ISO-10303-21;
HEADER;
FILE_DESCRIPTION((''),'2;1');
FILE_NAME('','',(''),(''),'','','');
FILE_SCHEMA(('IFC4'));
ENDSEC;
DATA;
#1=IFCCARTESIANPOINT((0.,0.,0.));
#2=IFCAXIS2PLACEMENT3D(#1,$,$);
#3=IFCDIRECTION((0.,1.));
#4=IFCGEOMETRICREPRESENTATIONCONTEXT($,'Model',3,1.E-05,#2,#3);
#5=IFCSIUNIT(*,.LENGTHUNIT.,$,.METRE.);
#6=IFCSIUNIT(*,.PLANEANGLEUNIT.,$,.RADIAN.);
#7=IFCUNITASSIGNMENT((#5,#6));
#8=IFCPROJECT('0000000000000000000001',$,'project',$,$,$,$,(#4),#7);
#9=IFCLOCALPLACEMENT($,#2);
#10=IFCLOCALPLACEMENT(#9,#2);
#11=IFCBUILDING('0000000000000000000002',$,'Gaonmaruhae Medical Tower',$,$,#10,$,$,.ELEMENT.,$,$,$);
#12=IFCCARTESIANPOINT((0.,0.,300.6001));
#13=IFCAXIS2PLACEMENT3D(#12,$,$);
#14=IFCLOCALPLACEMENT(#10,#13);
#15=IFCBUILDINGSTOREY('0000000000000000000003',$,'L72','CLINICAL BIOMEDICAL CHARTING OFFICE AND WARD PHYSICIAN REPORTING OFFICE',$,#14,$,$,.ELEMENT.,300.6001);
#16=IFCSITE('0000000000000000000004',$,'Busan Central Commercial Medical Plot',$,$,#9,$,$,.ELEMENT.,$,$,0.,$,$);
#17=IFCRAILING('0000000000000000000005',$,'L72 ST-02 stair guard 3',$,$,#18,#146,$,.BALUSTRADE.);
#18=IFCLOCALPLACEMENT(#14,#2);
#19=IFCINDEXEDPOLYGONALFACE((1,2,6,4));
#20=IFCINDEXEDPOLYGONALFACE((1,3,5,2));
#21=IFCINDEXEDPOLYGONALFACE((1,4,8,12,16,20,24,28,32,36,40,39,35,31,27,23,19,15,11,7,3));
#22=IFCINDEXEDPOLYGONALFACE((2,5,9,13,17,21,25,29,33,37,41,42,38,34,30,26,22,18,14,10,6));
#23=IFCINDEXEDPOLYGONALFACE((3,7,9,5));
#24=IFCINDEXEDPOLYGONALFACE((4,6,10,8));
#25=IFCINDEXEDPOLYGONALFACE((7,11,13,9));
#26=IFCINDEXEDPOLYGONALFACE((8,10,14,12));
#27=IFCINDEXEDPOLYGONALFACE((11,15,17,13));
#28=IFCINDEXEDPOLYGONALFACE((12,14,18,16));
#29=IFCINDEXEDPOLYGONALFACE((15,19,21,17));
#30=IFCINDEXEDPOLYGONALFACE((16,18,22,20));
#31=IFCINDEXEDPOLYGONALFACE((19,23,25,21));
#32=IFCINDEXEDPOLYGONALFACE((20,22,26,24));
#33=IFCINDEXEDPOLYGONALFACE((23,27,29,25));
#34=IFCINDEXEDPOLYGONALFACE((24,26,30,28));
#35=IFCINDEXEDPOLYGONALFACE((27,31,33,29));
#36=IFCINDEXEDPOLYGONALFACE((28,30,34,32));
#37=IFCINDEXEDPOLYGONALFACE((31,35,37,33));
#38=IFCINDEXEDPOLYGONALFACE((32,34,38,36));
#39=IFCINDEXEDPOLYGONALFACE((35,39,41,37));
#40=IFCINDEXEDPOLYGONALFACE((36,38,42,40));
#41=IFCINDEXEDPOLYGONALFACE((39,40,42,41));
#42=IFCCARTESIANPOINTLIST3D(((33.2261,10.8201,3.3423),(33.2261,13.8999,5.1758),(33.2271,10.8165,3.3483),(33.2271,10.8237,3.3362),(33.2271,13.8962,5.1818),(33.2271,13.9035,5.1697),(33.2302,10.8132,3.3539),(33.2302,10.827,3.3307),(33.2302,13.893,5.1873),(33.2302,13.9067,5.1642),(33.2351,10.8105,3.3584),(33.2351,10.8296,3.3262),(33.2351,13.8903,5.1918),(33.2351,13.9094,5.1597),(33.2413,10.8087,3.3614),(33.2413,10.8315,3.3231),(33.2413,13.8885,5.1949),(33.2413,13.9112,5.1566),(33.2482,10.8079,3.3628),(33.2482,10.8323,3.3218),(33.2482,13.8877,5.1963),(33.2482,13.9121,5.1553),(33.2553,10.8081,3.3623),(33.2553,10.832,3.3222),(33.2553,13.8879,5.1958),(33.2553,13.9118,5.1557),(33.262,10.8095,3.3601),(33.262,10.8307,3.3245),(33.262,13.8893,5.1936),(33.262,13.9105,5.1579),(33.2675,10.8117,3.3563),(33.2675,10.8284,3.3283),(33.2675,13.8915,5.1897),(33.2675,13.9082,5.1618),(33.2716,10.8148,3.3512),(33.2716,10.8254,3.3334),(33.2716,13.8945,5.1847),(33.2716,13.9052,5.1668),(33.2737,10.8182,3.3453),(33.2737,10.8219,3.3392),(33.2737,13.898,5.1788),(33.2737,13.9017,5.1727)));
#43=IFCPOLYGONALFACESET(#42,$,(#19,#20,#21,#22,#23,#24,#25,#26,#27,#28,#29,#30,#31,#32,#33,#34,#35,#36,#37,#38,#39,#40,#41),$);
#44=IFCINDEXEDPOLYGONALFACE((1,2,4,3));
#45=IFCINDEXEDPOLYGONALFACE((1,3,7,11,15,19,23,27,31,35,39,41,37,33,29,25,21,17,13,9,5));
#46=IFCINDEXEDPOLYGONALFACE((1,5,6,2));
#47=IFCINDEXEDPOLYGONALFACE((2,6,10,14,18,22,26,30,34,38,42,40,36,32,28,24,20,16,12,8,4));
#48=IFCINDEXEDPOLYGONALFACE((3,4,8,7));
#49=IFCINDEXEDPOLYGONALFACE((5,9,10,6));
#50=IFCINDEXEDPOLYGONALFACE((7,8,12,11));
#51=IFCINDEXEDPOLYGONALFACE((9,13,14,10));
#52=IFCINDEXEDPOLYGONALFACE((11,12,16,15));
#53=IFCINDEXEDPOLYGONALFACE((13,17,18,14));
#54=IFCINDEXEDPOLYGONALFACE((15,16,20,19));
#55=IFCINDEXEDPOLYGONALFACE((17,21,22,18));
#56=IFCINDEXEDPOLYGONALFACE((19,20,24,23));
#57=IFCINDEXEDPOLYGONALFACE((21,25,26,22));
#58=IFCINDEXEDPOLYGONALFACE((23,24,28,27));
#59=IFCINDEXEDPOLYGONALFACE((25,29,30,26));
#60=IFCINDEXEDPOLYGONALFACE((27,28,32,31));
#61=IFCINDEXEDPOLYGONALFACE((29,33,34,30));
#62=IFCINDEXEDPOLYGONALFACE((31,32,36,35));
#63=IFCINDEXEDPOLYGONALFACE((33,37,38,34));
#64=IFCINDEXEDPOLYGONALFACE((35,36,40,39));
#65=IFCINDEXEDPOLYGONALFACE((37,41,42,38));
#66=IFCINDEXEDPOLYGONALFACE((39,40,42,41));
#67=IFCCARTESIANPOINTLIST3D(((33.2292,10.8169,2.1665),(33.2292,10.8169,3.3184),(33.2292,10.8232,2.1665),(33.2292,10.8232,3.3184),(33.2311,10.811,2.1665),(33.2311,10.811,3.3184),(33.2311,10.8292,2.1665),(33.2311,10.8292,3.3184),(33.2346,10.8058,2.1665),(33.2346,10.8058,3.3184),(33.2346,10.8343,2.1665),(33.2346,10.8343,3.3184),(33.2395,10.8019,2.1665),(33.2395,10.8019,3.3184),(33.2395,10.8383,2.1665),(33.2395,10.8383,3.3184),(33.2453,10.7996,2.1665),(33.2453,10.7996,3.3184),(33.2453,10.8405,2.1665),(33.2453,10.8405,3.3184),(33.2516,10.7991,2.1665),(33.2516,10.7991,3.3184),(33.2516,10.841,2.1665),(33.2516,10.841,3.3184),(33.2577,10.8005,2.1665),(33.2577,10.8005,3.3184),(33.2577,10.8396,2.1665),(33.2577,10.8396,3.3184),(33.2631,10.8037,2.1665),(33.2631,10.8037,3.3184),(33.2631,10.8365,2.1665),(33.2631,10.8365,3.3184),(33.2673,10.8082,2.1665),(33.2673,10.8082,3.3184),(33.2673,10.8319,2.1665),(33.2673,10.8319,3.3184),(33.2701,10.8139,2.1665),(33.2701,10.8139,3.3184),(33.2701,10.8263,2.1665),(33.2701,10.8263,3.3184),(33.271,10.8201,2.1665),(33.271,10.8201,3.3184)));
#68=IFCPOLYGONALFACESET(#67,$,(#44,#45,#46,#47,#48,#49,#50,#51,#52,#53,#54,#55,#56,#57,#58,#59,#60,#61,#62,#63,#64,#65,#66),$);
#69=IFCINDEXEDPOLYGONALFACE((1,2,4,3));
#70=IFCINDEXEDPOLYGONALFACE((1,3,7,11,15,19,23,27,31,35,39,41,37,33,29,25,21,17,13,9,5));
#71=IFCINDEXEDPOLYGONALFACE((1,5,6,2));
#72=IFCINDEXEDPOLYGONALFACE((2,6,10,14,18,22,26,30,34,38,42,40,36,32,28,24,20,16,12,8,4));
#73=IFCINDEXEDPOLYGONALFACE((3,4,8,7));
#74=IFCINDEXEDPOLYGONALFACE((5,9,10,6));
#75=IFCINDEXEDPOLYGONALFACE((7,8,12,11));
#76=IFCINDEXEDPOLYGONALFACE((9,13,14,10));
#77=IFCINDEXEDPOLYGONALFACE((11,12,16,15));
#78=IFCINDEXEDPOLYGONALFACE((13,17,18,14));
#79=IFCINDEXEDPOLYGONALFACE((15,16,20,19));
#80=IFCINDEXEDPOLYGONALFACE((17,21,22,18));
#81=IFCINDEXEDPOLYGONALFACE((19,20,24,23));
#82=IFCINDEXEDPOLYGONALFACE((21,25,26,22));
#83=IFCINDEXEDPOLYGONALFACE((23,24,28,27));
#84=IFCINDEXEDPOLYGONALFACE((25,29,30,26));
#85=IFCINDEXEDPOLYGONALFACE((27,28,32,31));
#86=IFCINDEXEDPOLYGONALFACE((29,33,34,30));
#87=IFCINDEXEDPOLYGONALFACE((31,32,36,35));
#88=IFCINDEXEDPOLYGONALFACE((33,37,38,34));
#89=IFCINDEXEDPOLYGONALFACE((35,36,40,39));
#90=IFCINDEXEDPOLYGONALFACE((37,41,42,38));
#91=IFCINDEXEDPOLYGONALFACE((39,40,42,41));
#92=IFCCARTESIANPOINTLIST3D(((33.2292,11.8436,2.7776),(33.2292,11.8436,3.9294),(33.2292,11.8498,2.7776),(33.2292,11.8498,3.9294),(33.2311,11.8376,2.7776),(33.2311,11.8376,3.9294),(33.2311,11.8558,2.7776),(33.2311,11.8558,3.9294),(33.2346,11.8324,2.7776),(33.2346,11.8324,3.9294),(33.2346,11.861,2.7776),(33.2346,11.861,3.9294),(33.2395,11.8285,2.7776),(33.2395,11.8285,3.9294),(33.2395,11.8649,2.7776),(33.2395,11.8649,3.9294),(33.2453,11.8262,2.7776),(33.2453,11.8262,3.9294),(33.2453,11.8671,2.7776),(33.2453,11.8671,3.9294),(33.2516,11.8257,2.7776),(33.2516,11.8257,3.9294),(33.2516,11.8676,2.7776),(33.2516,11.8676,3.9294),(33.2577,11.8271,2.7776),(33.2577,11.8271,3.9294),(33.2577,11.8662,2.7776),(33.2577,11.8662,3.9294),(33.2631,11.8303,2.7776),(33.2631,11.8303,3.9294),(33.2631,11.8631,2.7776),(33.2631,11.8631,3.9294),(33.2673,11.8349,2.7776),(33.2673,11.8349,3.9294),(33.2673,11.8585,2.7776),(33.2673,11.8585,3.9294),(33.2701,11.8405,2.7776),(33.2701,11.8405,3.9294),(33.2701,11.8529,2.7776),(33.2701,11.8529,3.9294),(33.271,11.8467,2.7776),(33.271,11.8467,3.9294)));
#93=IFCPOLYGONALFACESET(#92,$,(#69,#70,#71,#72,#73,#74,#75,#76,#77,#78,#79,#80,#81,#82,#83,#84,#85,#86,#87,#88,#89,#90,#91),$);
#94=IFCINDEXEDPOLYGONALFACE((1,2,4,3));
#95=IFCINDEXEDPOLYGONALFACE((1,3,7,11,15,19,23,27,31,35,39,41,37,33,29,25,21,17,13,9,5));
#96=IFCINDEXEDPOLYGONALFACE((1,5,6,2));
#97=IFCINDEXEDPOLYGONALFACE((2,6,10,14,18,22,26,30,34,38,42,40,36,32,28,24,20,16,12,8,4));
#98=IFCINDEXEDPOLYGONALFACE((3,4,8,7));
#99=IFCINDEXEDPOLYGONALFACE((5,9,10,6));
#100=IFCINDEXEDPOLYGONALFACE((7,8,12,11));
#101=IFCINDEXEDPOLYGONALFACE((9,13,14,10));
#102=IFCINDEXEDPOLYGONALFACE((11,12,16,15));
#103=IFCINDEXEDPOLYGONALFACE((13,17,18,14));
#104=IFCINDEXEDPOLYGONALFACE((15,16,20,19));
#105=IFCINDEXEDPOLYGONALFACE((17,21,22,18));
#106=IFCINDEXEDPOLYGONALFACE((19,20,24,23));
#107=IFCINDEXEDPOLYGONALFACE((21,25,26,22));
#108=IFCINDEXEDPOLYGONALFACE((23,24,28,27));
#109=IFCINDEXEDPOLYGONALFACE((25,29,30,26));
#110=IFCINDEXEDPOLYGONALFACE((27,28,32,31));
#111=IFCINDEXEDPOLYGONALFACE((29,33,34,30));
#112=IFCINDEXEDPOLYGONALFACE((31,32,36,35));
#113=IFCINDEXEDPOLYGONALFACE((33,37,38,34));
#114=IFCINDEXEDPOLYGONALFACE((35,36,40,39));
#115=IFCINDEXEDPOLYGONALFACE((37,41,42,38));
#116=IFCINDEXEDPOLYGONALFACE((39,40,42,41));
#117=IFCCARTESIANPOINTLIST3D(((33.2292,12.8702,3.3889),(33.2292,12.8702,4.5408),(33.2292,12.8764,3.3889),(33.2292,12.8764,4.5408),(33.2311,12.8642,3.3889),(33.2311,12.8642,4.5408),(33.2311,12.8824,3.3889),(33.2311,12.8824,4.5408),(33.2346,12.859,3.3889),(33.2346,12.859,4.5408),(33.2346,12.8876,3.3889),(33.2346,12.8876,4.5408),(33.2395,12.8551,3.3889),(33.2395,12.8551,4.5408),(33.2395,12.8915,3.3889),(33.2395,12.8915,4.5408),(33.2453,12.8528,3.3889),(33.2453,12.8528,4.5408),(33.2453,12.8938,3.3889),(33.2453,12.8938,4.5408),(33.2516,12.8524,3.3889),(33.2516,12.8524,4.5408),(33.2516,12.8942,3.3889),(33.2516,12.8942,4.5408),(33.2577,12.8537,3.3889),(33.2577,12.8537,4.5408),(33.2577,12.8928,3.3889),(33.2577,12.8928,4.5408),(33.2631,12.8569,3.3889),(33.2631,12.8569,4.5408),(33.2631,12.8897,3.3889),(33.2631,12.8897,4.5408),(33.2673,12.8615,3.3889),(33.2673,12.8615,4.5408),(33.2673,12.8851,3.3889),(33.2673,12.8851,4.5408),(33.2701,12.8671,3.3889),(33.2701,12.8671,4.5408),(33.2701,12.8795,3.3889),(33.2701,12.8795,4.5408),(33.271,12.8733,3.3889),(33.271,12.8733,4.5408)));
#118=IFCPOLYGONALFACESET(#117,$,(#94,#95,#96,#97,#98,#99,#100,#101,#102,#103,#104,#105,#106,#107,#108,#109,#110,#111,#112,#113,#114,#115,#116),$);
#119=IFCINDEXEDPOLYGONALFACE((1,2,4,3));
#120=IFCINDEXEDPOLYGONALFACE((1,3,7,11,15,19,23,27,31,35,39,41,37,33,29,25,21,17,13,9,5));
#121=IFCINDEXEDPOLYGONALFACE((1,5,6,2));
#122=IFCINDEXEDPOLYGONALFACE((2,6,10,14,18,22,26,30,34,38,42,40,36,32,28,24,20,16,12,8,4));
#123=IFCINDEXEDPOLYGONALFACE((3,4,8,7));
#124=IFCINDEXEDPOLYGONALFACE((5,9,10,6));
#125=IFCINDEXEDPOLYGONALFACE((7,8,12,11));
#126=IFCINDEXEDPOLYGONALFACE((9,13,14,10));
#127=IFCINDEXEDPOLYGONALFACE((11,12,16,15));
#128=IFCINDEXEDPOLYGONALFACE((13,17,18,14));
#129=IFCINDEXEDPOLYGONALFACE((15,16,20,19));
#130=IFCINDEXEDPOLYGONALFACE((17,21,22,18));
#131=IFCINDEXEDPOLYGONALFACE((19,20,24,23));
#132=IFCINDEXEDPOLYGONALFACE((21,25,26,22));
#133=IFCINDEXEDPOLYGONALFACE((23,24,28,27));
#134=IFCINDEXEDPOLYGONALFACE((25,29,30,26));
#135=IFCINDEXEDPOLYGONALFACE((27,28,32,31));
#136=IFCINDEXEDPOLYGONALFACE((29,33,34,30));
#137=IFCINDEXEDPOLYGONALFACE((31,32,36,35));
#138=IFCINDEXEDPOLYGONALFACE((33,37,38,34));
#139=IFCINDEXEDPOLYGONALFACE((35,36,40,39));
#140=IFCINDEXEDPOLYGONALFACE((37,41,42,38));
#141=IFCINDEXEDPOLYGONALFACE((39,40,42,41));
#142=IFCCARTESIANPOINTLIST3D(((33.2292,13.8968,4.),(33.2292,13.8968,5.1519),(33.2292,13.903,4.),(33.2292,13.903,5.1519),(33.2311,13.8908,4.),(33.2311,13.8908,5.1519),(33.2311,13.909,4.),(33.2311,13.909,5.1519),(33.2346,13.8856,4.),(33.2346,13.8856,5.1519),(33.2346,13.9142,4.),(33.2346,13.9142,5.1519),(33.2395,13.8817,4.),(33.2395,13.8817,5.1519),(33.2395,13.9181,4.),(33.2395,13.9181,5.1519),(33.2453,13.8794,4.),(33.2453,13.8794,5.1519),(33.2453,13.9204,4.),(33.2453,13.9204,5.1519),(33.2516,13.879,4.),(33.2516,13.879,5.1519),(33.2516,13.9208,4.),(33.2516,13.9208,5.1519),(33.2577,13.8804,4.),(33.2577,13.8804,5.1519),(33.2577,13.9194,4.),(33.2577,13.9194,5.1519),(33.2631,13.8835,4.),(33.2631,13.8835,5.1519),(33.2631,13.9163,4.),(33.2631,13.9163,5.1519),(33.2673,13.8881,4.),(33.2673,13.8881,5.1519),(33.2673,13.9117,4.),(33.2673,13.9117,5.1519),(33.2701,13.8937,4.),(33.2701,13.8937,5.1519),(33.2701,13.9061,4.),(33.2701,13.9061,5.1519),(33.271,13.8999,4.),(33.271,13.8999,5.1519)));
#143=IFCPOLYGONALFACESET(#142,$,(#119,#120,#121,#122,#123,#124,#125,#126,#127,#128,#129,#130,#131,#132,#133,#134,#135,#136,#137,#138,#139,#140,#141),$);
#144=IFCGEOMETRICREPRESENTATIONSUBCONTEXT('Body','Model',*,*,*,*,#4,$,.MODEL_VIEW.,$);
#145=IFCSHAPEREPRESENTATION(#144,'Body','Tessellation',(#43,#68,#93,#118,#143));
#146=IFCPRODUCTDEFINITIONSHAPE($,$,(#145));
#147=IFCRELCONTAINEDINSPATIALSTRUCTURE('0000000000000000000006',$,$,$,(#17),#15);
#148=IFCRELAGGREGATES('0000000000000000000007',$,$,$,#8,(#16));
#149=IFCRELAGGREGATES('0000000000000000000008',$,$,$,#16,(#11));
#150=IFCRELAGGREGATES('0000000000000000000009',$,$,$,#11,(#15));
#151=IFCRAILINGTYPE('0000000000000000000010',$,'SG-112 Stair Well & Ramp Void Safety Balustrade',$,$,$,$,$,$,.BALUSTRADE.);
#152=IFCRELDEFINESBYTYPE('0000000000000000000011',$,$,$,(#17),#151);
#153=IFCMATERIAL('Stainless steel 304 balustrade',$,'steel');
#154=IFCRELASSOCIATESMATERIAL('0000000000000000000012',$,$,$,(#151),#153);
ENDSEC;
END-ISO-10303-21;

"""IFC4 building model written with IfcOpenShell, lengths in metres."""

from ifc_helpers import new_model, si_unit, direction, frame, origin, origin_2d, place, context, subcontext, project, spatial, circle, extrude, material, type_object, element, save


model = new_model("IFC4")

# Units and contexts
model_context = context("Model", 3, precision=1e-05, world=origin(), true_north=direction((0.0, 1.0)))
body_context = subcontext(model_context, "Body", "Model", "MODEL_VIEW")
ifc_project = project(units=[si_unit("LENGTHUNIT", "METRE"), si_unit("PLANEANGLEUNIT", "RADIAN")], contexts=[model_context])

# Site, building, storey
site_placement = place(None, origin())
site = spatial("IfcSite", under=ifc_project, at=site_placement, Name="Busan Central Commercial Medical Plot", CompositionType="ELEMENT", RefElevation=0.0)
building_placement = place(site_placement, origin())
building = spatial("IfcBuilding", under=site, at=building_placement, Name="Gaonmaruhae Medical Tower", CompositionType="ELEMENT")
storey_placement = place(building_placement, frame((0.0, 0.0, 300.6001)))
storey = spatial("IfcBuildingStorey", under=building, at=storey_placement, Name="L72", Description="CLINICAL BIOMEDICAL CHARTING OFFICE AND WARD PHYSICIAN REPORTING OFFICE", CompositionType="ELEMENT", Elevation=300.6001)

# Railing
ifc_material_1 = material(Name="Stainless steel 304 balustrade", Category="steel")
railing_type_1 = type_object("IfcRailingType", Name="SG-112 Stair Well & Ramp Void Safety Balustrade", PredefinedType="BALUSTRADE", material=ifc_material_1)
railing_1_placement = place(storey_placement, frame((33.25, 10.8201, 2.1665)))
element("IfcRailing", 1, at=railing_1_placement, inside=storey, type_object=railing_type_1, Name="L72 ST-02 stair guard 3", PredefinedType="BALUSTRADE", context=body_context, shape_type="SweptSolid", body=[
    extrude(circle(Radius=0.0239, at=origin_2d()), frame((0.0, 0.0, 1.1758), z_axis=(0.0, 0.859261, 0.511538), x_axis=(-1.0, 0.0, 0.0)), (0.0, 0.0, 1.0), 3.5842),
    extrude(circle(Radius=0.021, at=origin_2d()), origin(), (0.0, 0.0, 1.0), 1.1519),
    extrude(circle(Radius=0.021, at=origin_2d()), frame((0.0, 1.0266, 0.6111)), (0.0, 0.0, 1.0), 1.1519),
    extrude(circle(Radius=0.021, at=origin_2d()), frame((0.0, 2.0532, 1.2224)), (0.0, 0.0, 1.0), 1.1519),
    extrude(circle(Radius=0.021, at=origin_2d()), frame((0.0, 3.0798, 1.8335)), (0.0, 0.0, 1.0), 1.1519),
])

save(model, "model.ifc")
